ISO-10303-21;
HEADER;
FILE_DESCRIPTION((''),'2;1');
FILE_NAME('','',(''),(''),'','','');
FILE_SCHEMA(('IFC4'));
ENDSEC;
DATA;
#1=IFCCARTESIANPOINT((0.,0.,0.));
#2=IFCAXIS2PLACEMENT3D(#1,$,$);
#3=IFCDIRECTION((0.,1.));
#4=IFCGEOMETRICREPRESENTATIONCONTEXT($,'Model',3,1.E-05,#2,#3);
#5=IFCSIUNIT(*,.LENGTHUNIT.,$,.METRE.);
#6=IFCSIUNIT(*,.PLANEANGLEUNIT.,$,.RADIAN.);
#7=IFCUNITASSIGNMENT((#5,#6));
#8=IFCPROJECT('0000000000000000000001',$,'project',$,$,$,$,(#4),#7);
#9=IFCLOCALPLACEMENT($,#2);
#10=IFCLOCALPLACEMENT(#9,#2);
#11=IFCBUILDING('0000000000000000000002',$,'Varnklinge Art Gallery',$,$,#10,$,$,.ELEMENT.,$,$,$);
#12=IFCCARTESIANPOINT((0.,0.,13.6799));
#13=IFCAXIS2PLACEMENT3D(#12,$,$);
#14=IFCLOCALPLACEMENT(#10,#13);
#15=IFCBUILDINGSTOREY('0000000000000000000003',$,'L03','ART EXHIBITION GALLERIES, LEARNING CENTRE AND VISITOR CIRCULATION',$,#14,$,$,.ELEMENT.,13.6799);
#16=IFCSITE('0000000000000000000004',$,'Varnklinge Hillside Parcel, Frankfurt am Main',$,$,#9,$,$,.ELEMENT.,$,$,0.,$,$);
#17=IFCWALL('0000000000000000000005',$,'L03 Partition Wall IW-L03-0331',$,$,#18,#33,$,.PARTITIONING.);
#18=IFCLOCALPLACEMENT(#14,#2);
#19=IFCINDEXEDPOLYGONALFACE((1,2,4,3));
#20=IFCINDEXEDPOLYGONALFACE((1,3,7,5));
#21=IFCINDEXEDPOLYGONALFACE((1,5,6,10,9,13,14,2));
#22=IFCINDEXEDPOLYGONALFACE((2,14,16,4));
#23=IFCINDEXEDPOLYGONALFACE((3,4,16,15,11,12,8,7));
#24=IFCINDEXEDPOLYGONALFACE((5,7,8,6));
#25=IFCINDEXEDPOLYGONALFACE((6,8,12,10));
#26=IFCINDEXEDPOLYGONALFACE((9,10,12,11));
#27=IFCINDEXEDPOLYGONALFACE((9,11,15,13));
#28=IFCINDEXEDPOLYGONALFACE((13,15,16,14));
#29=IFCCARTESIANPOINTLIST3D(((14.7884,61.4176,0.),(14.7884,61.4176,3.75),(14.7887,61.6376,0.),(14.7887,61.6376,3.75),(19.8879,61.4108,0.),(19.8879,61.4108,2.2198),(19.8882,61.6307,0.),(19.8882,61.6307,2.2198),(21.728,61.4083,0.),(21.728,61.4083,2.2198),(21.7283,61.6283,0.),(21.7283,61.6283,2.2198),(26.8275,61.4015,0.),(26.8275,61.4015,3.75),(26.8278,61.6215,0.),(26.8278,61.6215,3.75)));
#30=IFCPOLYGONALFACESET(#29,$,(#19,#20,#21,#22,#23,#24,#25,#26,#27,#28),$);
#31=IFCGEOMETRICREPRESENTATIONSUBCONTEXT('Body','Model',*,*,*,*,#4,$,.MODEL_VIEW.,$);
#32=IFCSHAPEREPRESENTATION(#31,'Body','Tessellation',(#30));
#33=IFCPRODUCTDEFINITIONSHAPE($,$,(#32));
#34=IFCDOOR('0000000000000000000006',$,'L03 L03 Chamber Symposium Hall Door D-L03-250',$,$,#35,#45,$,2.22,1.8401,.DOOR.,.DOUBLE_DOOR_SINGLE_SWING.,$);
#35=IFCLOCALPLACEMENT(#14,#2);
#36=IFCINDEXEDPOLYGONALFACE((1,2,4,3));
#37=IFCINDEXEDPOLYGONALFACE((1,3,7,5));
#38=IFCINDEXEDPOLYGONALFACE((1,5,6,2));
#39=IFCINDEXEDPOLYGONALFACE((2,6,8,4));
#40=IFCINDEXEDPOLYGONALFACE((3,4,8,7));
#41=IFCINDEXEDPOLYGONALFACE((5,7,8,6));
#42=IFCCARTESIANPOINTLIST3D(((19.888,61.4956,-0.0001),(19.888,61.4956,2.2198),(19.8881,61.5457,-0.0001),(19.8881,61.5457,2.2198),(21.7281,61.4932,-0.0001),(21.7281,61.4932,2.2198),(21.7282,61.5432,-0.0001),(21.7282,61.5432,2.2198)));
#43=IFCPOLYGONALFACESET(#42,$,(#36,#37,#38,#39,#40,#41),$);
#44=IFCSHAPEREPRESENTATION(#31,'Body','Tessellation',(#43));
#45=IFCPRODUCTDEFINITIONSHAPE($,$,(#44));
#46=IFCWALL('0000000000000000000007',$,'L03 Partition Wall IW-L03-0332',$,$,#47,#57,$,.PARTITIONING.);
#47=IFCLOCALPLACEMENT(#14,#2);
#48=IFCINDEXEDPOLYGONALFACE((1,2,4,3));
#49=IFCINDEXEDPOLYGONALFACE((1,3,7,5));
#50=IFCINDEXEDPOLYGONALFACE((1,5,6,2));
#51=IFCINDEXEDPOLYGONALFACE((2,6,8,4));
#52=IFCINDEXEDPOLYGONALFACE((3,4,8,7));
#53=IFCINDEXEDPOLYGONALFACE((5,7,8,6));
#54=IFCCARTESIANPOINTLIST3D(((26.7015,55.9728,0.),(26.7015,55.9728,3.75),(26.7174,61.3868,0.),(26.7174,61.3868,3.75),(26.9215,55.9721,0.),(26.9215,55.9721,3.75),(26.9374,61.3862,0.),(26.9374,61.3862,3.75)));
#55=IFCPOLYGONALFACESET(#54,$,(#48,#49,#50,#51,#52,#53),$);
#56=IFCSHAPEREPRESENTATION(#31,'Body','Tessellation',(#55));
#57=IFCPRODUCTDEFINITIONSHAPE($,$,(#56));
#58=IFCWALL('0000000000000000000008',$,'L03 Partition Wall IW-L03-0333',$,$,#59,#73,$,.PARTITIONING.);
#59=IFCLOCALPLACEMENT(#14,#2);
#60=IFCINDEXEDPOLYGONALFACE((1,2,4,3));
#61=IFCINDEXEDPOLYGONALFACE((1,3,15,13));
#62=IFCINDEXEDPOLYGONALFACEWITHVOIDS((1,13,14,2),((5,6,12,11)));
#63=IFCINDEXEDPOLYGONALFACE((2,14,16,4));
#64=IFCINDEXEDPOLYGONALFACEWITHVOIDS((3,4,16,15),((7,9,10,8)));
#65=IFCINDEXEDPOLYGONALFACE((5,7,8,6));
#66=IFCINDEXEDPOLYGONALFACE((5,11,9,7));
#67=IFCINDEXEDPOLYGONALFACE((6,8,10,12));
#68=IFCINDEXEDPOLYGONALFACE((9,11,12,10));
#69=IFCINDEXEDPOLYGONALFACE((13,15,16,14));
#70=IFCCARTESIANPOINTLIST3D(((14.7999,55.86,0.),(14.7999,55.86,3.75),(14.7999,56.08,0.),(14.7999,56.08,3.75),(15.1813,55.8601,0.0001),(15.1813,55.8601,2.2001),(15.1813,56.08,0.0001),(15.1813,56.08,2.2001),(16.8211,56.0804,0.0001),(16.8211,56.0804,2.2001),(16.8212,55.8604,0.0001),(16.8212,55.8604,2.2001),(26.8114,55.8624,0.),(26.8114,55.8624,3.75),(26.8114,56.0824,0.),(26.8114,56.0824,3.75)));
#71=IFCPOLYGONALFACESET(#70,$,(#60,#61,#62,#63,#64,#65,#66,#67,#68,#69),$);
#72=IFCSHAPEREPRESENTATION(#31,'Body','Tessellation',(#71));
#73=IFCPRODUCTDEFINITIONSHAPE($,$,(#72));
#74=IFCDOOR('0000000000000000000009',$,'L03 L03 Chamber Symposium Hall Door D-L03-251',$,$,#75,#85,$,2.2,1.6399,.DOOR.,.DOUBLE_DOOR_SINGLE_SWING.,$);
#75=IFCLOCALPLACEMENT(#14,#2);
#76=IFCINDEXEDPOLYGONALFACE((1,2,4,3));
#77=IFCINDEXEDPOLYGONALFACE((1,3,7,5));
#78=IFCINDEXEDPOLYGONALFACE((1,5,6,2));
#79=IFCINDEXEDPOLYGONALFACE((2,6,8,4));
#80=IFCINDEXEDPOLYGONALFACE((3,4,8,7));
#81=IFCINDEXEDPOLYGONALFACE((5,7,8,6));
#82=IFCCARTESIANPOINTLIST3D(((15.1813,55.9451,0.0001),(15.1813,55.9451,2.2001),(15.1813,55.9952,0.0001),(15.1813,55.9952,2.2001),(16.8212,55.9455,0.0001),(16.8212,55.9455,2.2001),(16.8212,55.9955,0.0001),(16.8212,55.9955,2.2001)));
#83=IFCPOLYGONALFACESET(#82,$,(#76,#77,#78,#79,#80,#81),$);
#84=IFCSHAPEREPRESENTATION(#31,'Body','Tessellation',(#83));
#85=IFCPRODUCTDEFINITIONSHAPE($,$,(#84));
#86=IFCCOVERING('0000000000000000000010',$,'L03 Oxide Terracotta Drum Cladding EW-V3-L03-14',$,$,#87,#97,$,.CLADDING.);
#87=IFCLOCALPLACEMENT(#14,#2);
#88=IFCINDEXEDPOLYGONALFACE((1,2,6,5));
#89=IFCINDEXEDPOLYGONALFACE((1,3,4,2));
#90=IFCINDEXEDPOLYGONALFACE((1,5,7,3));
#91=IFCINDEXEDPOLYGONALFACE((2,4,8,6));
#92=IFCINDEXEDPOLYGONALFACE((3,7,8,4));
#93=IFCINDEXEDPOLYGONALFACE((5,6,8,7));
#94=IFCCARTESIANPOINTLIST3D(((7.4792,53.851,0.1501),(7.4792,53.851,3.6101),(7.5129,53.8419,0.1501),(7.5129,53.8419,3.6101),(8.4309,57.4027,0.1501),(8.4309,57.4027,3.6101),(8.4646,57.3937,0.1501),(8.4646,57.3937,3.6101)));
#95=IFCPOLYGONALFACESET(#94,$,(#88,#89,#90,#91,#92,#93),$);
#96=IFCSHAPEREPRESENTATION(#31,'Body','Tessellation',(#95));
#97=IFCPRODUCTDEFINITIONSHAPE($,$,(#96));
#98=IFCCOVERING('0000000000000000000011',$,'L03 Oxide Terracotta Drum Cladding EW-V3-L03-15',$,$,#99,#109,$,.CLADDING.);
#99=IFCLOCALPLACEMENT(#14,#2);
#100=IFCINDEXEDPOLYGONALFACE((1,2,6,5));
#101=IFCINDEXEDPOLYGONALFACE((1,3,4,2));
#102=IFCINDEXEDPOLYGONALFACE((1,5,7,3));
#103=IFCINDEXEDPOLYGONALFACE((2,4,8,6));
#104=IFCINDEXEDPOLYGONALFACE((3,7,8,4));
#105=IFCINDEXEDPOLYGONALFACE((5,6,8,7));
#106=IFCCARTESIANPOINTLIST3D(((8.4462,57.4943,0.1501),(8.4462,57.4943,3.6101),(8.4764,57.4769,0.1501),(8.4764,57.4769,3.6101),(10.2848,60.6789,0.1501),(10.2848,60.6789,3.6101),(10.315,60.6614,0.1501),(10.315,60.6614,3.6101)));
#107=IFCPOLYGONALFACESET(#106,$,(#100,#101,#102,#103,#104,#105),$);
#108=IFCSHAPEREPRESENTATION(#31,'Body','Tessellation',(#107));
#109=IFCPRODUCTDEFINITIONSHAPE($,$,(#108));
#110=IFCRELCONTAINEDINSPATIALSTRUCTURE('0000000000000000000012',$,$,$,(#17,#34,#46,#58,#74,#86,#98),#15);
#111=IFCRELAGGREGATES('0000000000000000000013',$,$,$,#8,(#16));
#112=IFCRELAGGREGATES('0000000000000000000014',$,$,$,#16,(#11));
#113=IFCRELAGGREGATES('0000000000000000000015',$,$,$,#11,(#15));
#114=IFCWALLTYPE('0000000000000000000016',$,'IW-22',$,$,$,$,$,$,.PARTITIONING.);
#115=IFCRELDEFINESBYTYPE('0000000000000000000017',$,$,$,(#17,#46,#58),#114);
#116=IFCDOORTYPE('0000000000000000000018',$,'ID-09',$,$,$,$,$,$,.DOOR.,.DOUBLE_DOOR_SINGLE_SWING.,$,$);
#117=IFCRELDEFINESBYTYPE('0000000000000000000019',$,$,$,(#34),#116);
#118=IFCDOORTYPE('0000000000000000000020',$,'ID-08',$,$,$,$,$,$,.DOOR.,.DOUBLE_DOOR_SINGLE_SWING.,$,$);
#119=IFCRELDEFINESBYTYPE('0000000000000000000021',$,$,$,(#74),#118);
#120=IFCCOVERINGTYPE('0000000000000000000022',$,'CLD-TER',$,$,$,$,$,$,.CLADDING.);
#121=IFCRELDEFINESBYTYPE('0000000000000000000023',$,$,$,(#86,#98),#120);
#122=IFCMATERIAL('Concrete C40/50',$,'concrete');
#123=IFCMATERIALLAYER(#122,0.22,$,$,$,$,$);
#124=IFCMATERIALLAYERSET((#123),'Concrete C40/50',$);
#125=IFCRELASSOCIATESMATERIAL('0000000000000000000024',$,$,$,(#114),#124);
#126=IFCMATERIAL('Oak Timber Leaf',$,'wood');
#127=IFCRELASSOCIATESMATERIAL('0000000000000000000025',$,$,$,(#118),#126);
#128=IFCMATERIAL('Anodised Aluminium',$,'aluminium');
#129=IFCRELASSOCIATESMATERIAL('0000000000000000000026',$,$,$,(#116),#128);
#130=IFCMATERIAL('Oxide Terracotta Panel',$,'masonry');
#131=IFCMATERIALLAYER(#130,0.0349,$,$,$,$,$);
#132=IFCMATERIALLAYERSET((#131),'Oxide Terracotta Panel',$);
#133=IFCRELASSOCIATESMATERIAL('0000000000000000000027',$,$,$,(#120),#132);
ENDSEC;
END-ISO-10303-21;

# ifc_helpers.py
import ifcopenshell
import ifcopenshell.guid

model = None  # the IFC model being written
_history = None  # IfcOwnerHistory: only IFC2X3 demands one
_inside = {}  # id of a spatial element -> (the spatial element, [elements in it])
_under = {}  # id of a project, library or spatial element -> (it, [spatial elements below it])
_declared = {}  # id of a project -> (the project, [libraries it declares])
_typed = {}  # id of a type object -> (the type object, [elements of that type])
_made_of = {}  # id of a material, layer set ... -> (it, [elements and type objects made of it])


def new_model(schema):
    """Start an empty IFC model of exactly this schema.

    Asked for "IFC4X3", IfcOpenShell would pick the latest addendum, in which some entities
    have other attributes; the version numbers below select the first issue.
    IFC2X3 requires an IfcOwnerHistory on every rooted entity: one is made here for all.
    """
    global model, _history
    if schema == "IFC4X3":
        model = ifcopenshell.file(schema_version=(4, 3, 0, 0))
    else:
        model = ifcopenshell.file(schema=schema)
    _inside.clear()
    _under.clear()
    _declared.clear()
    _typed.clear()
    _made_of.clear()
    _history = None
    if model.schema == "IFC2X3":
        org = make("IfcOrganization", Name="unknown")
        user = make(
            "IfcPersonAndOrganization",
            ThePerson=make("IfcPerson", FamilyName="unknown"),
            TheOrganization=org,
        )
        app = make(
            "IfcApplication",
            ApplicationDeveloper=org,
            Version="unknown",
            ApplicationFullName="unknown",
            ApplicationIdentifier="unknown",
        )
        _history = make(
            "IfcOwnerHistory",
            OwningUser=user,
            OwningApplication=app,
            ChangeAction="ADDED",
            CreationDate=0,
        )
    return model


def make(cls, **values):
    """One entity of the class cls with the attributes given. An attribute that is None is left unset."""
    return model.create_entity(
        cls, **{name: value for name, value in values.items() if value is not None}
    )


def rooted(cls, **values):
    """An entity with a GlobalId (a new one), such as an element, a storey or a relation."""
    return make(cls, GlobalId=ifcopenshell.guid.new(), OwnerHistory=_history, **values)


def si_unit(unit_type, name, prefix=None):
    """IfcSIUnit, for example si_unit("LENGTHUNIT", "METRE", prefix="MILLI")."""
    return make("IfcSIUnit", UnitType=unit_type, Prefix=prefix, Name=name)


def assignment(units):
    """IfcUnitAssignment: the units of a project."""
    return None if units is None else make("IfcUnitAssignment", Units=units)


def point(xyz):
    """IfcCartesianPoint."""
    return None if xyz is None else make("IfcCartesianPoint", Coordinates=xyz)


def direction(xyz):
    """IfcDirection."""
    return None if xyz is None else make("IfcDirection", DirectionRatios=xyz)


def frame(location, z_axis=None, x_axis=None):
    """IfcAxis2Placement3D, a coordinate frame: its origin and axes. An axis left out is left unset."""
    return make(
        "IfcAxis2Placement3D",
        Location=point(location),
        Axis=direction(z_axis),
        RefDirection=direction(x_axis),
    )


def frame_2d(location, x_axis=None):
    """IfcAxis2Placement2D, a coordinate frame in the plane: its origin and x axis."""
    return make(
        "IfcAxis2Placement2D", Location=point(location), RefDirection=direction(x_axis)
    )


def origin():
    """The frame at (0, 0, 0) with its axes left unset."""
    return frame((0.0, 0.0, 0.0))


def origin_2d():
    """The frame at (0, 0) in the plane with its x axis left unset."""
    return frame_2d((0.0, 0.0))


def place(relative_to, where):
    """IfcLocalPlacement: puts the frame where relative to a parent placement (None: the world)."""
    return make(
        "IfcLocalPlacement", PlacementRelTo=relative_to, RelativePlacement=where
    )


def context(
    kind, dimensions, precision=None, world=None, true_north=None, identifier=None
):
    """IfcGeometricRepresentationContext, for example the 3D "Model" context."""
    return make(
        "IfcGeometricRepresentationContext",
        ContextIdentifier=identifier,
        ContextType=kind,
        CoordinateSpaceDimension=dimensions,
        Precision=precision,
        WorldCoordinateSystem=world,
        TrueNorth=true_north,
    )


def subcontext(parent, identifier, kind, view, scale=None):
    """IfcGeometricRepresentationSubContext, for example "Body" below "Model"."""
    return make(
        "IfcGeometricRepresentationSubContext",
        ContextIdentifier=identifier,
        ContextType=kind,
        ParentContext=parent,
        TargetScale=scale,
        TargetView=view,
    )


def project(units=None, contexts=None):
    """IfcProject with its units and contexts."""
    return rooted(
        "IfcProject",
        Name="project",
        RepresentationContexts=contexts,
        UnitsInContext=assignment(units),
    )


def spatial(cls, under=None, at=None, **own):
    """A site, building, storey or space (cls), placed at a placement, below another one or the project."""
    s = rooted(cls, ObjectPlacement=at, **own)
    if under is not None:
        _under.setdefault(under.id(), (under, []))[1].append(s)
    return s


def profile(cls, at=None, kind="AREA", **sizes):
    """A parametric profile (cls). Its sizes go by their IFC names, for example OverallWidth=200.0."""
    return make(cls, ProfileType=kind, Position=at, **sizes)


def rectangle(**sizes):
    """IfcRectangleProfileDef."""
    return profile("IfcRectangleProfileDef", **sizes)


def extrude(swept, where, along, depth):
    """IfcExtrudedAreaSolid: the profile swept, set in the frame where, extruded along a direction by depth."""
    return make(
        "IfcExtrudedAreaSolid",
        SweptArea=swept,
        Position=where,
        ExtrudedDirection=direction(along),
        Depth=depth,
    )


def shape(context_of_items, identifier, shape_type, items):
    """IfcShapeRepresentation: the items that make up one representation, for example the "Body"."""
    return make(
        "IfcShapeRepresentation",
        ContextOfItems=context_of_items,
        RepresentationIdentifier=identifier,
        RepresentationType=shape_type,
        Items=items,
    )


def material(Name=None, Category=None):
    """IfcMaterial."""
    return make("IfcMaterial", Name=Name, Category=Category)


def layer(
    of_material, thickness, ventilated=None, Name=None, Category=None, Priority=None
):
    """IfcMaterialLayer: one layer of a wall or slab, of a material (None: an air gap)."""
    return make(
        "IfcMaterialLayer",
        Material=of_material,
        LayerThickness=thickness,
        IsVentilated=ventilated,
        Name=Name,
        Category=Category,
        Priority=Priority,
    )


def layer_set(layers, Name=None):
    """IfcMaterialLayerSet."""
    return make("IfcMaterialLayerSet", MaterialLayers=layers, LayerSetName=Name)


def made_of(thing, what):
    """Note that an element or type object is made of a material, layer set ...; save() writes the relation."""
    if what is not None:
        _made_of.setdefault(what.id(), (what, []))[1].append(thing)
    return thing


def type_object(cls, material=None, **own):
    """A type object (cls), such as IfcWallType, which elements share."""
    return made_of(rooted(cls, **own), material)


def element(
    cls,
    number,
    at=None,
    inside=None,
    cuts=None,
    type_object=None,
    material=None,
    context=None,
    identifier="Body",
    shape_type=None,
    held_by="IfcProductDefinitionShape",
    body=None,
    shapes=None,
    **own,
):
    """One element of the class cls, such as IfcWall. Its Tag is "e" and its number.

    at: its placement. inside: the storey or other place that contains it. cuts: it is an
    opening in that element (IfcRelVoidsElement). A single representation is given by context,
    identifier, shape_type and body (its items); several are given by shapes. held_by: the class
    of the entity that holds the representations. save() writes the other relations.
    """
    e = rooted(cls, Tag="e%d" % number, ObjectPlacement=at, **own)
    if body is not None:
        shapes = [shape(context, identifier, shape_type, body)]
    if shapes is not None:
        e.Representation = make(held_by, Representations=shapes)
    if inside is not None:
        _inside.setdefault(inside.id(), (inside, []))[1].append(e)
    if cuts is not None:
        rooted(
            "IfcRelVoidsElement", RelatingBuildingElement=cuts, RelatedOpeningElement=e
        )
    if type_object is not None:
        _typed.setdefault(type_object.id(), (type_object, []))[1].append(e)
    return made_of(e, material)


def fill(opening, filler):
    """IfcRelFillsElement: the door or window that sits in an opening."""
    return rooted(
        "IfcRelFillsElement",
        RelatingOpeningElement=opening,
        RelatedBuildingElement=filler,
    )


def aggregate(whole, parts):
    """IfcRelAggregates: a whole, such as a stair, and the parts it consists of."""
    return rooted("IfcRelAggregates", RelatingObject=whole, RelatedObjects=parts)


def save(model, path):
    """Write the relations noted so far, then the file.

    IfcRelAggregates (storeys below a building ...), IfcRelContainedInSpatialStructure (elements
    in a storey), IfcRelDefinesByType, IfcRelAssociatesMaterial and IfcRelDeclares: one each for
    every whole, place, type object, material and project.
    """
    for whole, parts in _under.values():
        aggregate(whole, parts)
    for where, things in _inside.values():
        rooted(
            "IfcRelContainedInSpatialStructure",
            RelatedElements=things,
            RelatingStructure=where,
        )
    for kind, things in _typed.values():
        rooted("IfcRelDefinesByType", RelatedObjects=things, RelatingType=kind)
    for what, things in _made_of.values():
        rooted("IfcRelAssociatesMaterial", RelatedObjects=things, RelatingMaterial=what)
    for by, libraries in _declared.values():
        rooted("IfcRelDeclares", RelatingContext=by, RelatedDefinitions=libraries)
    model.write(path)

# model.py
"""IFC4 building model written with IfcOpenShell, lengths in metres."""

from ifc_helpers import new_model, si_unit, direction, frame, frame_2d, origin, origin_2d, place, context, subcontext, project, spatial, rectangle, extrude, material, layer, layer_set, type_object, element, fill, save


model = new_model("IFC4")

# Units and contexts
model_context = context("Model", 3, precision=1e-05, world=origin(), true_north=direction((0.0, 1.0)))
body_context = subcontext(model_context, "Body", "Model", "MODEL_VIEW")
ifc_project = project(units=[si_unit("LENGTHUNIT", "METRE"), si_unit("PLANEANGLEUNIT", "RADIAN")], contexts=[model_context])

# Site, building, storey
site_placement = place(None, origin())
site = spatial("IfcSite", under=ifc_project, at=site_placement, Name="Varnklinge Hillside Parcel, Frankfurt am Main", CompositionType="ELEMENT", RefElevation=0.0)
building_placement = place(site_placement, origin())
building = spatial("IfcBuilding", under=site, at=building_placement, Name="Varnklinge Art Gallery", CompositionType="ELEMENT")
storey_placement = place(building_placement, frame((0.0, 0.0, 13.6799)))
storey = spatial("IfcBuildingStorey", under=building, at=storey_placement, Name="L03", Description="ART EXHIBITION GALLERIES, LEARNING CENTRE AND VISITOR CIRCULATION", CompositionType="ELEMENT", Elevation=13.6799)

# Wall, opening, door
ifc_material_1 = material(Name="Concrete C40/50", Category="concrete")
ifc_layer_1 = layer(ifc_material_1, 0.22)
ifc_layer_set_1 = layer_set([ifc_layer_1], Name="Concrete C40/50")
wall_type_1 = type_object("IfcWallType", Name="IW-22", PredefinedType="PARTITIONING", material=ifc_layer_set_1)
ifc_material_2 = material(Name="Oak Timber Leaf", Category="wood")
door_type_1 = type_object("IfcDoorType", Name="ID-08", OperationType="DOUBLE_DOOR_SINGLE_SWING", PredefinedType="DOOR", material=ifc_material_2)
wall_1_placement = place(storey_placement, frame((14.7886, 61.5276, 0.0), z_axis=(0.0, 0.0, 1.0), x_axis=(0.999999, -0.001338, 0.0)))
wall_1 = element("IfcWall", 1, at=wall_1_placement, inside=storey, type_object=wall_type_1, Name="L03 Partition Wall IW-L03-0331", PredefinedType="PARTITIONING", context=body_context, shape_type="SweptSolid", body=[
    extrude(rectangle(XDim=12.0391, YDim=0.22, at=frame_2d((6.0195, 0.0))), origin(), (0.0, 0.0, 1.0), 3.75),
])
opening_1_placement = place(wall_1_placement, frame((5.0996, 0.0, 0.0)))
opening_1 = element("IfcOpeningElement", 2, at=opening_1_placement, cuts=wall_1, PredefinedType="OPENING", context=body_context, shape_type="SweptSolid", body=[
    extrude(rectangle(XDim=1.8401, YDim=2.22, at=frame_2d((0.9199, 1.1099))), frame((0.0, 0.1199, 0.0), z_axis=(0.0, -1.0, 0.0), x_axis=(1.0, 0.0, 0.0)), (0.0, 0.0, 1.0), 0.24),
])
ifc_material_3 = material(Name="Anodised Aluminium", Category="aluminium")
door_type_2 = type_object("IfcDoorType", Name="ID-09", OperationType="DOUBLE_DOOR_SINGLE_SWING", PredefinedType="DOOR", material=ifc_material_3)
door_1_placement = place(opening_1_placement, origin())
door_1 = element("IfcDoor", 3, at=door_1_placement, inside=storey, type_object=door_type_2, Name="L03 L03 Chamber Symposium Hall Door D-L03-250", OperationType="DOUBLE_DOOR_SINGLE_SWING", OverallHeight=2.22, OverallWidth=1.8401, PredefinedType="DOOR", context=body_context, shape_type="SweptSolid", body=[
    extrude(rectangle(XDim=1.8401, YDim=2.22, at=frame_2d((0.9199, 1.1099))), frame((0.0, 0.0249, 0.0), z_axis=(0.0, -1.0, 0.0), x_axis=(1.0, 0.0, 0.0)), (0.0, 0.0, 1.0), 0.05),
])
fill(opening_1, door_1)

# Wall
wall_2_placement = place(storey_placement, frame((26.8274, 61.3865, 0.0), z_axis=(0.0, 0.0, 1.0), x_axis=(-0.002931, -0.999996, 0.0)))
element("IfcWall", 4, at=wall_2_placement, inside=storey, type_object=wall_type_1, Name="L03 Partition Wall IW-L03-0332", PredefinedType="PARTITIONING", context=body_context, shape_type="SweptSolid", body=[
    extrude(rectangle(XDim=5.4141, YDim=0.22, at=frame_2d((2.707, 0.0))), origin(), (0.0, 0.0, 1.0), 3.75),
])

# Wall, opening, door
wall_3_placement = place(storey_placement, frame((26.8115, 55.9724, 0.0), z_axis=(0.0, 0.0, 1.0), x_axis=(-1.0, -0.000203, 0.0)))
wall_3 = element("IfcWall", 5, at=wall_3_placement, inside=storey, type_object=wall_type_1, Name="L03 Partition Wall IW-L03-0333", PredefinedType="PARTITIONING", context=body_context, shape_type="SweptSolid", body=[
    extrude(rectangle(XDim=12.0115, YDim=0.22, at=frame_2d((6.0059, 0.0))), origin(), (0.0, 0.0, 1.0), 3.75),
])
opening_2_placement = place(wall_3_placement, frame((9.9905, 0.0, 0.0)))
opening_2 = element("IfcOpeningElement", 6, at=opening_2_placement, cuts=wall_3, PredefinedType="OPENING", context=body_context, shape_type="SweptSolid", body=[
    extrude(rectangle(XDim=1.6399, YDim=2.2, at=frame_2d((0.8198, 1.1001))), frame((0.0, 0.1199, 0.0), z_axis=(0.0, -1.0, 0.0), x_axis=(1.0, 0.0, 0.0)), (0.0, 0.0, 1.0), 0.24),
])
door_2_placement = place(opening_2_placement, origin())
door_2 = element("IfcDoor", 7, at=door_2_placement, inside=storey, type_object=door_type_1, Name="L03 L03 Chamber Symposium Hall Door D-L03-251", OperationType="DOUBLE_DOOR_SINGLE_SWING", OverallHeight=2.2, OverallWidth=1.6399, PredefinedType="DOOR", context=body_context, shape_type="SweptSolid", body=[
    extrude(rectangle(XDim=1.6399, YDim=2.2, at=frame_2d((0.8198, 1.1001))), frame((0.0, 0.0249, 0.0), z_axis=(0.0, -1.0, 0.0), x_axis=(1.0, 0.0, 0.0)), (0.0, 0.0, 1.0), 0.05),
])
fill(opening_2, door_2)

# Coverings
ifc_material_4 = material(Name="Oxide Terracotta Panel", Category="masonry")
ifc_layer_2 = layer(ifc_material_4, 0.0349)
ifc_layer_set_2 = layer_set([ifc_layer_2], Name="Oxide Terracotta Panel")
covering_type = type_object("IfcCoveringType", Name="CLD-TER", PredefinedType="CLADDING", material=ifc_layer_set_2)
covering_1_placement = place(storey_placement, frame((7.9719, 55.6223, 0.1501), z_axis=(0.0, 0.0, 1.0), x_axis=(0.258819, 0.965926, 0.0)))
element("IfcCovering", 8, at=covering_1_placement, inside=storey, type_object=covering_type, Name="L03 Oxide Terracotta Drum Cladding EW-V3-L03-14", PredefinedType="CLADDING", context=body_context, shape_type="SweptSolid", body=[
    extrude(rectangle(XDim=3.677, YDim=0.0349, at=origin_2d()), origin(), (0.0, 0.0, 1.0), 3.46),
])
covering_2_placement = place(storey_placement, frame((9.3806, 59.0779, 0.1501), z_axis=(0.0, 0.0, 1.0), x_axis=(0.5, 0.866025, 0.0)))
element("IfcCovering", 9, at=covering_2_placement, inside=storey, type_object=covering_type, Name="L03 Oxide Terracotta Drum Cladding EW-V3-L03-15", PredefinedType="CLADDING", context=body_context, shape_type="SweptSolid", body=[
    extrude(rectangle(XDim=3.6772, YDim=0.0349, at=origin_2d()), origin(), (0.0, 0.0, 1.0), 3.46),
])

save(model, "model.ifc")
